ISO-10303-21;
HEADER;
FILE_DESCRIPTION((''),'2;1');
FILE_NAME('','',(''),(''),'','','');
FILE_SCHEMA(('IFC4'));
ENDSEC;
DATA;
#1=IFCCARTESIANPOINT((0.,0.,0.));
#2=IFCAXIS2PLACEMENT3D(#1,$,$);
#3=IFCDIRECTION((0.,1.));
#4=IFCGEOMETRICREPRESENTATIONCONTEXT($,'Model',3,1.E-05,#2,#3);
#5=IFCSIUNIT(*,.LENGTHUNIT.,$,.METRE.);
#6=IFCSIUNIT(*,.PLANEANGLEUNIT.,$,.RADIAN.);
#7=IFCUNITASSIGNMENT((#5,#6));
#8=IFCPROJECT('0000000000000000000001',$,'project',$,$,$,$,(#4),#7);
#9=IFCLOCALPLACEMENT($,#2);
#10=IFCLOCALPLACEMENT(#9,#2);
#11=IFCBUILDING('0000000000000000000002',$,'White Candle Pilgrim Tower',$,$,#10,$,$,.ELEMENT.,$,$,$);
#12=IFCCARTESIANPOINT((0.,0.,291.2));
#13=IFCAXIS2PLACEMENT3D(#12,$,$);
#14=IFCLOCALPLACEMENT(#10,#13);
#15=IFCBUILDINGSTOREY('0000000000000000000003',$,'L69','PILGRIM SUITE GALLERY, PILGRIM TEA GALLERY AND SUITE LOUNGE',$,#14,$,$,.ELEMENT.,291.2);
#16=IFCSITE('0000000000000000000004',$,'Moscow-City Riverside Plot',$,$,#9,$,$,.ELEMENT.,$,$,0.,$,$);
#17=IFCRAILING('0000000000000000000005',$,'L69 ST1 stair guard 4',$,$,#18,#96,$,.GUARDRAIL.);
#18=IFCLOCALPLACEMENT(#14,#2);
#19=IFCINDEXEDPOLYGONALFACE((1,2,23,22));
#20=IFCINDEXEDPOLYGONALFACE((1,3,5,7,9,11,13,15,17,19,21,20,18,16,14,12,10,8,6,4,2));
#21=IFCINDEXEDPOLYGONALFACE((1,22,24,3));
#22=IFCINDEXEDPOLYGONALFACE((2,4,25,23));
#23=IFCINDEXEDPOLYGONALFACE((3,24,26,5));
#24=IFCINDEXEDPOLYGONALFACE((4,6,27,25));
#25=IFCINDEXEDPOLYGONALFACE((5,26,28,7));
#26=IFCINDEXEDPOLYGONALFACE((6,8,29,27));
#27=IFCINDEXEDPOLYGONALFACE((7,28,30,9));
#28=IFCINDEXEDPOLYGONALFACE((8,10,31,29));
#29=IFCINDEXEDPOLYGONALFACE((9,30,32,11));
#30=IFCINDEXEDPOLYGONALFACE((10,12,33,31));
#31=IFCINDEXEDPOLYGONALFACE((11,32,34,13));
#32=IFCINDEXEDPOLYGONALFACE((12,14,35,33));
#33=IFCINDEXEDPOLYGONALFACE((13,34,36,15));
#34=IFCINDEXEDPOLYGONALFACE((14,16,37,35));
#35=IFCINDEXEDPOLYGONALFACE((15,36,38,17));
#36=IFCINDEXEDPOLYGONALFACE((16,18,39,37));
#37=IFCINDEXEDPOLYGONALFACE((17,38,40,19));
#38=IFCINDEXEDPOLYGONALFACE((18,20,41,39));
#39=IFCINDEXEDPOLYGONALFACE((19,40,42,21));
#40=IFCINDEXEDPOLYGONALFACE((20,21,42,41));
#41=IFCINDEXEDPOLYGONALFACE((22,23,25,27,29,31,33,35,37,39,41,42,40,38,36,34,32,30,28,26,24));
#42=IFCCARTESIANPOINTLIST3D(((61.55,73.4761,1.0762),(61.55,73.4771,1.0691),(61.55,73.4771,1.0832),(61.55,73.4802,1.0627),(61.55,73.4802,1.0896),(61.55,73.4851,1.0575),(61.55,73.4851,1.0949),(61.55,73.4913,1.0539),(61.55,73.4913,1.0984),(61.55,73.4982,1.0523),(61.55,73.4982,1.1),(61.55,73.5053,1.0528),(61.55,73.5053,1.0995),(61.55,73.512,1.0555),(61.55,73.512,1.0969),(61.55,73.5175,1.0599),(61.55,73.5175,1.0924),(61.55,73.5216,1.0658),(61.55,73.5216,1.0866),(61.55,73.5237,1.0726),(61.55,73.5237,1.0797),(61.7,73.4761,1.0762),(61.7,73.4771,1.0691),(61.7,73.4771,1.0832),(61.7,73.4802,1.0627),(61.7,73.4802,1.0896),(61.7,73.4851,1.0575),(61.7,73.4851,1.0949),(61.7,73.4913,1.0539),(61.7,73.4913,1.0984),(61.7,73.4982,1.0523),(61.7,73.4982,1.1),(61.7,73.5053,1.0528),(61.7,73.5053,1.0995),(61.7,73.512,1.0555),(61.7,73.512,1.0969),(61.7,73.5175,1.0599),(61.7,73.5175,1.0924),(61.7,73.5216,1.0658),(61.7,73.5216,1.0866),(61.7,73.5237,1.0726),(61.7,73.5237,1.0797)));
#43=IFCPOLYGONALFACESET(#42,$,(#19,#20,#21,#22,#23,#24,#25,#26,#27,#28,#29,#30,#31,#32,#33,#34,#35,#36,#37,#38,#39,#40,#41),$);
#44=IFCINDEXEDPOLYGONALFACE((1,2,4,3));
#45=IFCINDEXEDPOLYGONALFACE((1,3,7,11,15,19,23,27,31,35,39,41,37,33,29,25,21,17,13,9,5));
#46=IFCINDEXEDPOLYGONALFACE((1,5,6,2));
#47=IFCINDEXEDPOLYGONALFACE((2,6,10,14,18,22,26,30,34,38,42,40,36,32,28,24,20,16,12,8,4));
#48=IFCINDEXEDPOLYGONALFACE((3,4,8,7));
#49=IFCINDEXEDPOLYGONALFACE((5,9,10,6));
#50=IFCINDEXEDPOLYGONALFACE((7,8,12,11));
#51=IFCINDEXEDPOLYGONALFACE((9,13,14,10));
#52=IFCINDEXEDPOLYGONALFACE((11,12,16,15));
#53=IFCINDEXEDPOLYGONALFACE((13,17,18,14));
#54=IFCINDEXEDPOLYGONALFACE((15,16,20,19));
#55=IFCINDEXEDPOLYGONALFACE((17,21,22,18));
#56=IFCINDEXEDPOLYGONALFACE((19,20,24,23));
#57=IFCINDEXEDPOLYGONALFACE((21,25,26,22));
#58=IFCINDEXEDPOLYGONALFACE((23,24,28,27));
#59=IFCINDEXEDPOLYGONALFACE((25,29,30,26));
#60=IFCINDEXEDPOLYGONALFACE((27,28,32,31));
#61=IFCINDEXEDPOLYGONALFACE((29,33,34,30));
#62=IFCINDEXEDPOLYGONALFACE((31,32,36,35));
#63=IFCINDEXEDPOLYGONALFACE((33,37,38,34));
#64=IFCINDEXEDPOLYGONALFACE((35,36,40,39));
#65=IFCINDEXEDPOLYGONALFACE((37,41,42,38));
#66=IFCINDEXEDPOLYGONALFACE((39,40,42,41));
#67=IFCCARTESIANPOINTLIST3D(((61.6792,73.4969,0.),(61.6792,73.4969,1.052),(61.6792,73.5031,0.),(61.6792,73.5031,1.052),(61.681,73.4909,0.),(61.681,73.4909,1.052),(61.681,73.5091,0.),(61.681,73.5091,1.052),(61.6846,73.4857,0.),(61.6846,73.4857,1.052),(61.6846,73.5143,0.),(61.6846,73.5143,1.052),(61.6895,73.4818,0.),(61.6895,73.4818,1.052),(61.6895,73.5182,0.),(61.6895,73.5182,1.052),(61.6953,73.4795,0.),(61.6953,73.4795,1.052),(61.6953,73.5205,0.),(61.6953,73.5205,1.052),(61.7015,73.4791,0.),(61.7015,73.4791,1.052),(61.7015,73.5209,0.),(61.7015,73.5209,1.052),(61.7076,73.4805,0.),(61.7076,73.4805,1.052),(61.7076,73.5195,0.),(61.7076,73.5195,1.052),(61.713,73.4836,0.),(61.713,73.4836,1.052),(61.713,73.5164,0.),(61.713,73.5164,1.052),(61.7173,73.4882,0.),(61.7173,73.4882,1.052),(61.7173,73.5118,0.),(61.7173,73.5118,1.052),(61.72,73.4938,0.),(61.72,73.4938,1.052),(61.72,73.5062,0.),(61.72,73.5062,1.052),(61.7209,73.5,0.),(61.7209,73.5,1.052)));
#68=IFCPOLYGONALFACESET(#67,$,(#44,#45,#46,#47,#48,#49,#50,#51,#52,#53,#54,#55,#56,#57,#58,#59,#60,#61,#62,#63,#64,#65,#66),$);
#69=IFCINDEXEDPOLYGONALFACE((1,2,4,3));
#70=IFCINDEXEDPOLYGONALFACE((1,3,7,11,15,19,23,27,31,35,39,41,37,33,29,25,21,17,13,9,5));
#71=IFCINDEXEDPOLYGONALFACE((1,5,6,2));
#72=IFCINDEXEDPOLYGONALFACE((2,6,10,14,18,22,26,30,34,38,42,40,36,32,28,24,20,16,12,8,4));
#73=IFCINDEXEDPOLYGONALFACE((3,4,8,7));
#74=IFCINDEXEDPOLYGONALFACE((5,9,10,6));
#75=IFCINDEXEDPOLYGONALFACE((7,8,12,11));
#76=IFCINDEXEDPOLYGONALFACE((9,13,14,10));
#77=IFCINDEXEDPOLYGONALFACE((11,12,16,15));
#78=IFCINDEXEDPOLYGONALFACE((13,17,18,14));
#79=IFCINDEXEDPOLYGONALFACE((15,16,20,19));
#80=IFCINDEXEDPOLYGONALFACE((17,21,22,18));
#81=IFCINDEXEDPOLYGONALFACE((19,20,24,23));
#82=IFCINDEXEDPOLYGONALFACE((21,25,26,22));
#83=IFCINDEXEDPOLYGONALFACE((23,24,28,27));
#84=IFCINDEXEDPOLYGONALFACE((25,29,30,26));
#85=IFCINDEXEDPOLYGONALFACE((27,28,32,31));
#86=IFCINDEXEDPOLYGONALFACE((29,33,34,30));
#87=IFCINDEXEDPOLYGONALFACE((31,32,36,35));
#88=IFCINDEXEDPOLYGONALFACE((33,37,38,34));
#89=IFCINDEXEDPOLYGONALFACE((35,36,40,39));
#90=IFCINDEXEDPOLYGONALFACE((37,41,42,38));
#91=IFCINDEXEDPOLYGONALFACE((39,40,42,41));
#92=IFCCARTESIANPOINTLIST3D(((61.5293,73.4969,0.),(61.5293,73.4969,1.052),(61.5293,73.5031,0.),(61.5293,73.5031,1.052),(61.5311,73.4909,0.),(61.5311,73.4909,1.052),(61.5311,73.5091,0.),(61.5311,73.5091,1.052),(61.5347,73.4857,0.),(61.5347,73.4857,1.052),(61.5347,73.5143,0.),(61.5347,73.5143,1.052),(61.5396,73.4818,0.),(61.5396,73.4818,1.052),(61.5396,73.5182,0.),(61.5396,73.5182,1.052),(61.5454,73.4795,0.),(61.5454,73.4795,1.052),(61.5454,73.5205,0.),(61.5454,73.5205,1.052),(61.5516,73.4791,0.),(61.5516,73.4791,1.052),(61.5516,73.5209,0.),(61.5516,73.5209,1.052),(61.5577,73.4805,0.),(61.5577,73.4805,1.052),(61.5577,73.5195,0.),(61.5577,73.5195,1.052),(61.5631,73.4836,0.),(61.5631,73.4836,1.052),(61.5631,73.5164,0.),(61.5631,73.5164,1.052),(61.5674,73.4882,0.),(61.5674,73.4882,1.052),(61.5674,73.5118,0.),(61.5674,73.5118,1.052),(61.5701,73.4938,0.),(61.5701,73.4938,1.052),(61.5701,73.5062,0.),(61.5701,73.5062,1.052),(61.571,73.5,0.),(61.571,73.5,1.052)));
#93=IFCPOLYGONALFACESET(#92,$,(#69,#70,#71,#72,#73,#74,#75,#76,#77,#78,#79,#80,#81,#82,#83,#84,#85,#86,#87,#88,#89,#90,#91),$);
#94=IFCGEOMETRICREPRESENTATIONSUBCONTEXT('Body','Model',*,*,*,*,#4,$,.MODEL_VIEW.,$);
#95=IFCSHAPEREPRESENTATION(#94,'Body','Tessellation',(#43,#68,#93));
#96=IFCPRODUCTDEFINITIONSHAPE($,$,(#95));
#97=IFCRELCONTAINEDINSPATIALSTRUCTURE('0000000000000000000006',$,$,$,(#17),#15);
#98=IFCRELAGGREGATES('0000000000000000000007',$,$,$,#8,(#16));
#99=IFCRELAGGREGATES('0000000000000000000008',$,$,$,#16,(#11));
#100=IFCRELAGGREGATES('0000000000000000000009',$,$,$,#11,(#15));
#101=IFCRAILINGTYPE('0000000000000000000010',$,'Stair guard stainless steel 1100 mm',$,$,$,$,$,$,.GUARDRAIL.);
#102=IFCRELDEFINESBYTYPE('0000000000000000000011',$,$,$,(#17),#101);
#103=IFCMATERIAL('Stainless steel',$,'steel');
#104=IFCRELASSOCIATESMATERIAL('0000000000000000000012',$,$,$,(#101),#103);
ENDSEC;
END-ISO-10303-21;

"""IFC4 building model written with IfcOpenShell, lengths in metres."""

from ifc_helpers import new_model, si_unit, direction, frame, origin, origin_2d, place, context, subcontext, project, spatial, circle, extrude, material, type_object, element, save


model = new_model("IFC4")

# Units and contexts
model_context = context("Model", 3, precision=1e-05, world=origin(), true_north=direction((0.0, 1.0)))
body_context = subcontext(model_context, "Body", "Model", "MODEL_VIEW")
ifc_project = project(units=[si_unit("LENGTHUNIT", "METRE"), si_unit("PLANEANGLEUNIT", "RADIAN")], contexts=[model_context])

# Site, building, storey
site_placement = place(None, origin())
site = spatial("IfcSite", under=ifc_project, at=site_placement, Name="Moscow-City Riverside Plot", CompositionType="ELEMENT", RefElevation=0.0)
building_placement = place(site_placement, origin())
building = spatial("IfcBuilding", under=site, at=building_placement, Name="White Candle Pilgrim Tower", CompositionType="ELEMENT")
storey_placement = place(building_placement, frame((0.0, 0.0, 291.2)))
storey = spatial("IfcBuildingStorey", under=building, at=storey_placement, Name="L69", Description="PILGRIM SUITE GALLERY, PILGRIM TEA GALLERY AND SUITE LOUNGE", CompositionType="ELEMENT", Elevation=291.2)

# Railing
ifc_material_1 = material(Name="Stainless steel", Category="steel")
railing_type_1 = type_object("IfcRailingType", Name="Stair guard stainless steel 1100 mm", PredefinedType="GUARDRAIL", material=ifc_material_1)
railing_1_placement = place(storey_placement, frame((61.7, 73.5, 0.0)))
element("IfcRailing", 1, at=railing_1_placement, inside=storey, type_object=railing_type_1, Name="L69 ST1 stair guard 4", PredefinedType="GUARDRAIL", context=body_context, shape_type="SweptSolid", body=[
    extrude(circle(Radius=0.0239, at=origin_2d()), frame((0.0, 0.0, 1.0762), z_axis=(-1.0, 0.0, 0.0), x_axis=(0.0, -1.0, 0.0)), (0.0, 0.0, 1.0), 0.1499),
    extrude(circle(Radius=0.021, at=origin_2d()), origin(), (0.0, 0.0, 1.0), 1.052),
    extrude(circle(Radius=0.021, at=origin_2d()), frame((-0.1499, 0.0, 0.0)), (0.0, 0.0, 1.0), 1.052),
])

save(model, "model.ifc")
